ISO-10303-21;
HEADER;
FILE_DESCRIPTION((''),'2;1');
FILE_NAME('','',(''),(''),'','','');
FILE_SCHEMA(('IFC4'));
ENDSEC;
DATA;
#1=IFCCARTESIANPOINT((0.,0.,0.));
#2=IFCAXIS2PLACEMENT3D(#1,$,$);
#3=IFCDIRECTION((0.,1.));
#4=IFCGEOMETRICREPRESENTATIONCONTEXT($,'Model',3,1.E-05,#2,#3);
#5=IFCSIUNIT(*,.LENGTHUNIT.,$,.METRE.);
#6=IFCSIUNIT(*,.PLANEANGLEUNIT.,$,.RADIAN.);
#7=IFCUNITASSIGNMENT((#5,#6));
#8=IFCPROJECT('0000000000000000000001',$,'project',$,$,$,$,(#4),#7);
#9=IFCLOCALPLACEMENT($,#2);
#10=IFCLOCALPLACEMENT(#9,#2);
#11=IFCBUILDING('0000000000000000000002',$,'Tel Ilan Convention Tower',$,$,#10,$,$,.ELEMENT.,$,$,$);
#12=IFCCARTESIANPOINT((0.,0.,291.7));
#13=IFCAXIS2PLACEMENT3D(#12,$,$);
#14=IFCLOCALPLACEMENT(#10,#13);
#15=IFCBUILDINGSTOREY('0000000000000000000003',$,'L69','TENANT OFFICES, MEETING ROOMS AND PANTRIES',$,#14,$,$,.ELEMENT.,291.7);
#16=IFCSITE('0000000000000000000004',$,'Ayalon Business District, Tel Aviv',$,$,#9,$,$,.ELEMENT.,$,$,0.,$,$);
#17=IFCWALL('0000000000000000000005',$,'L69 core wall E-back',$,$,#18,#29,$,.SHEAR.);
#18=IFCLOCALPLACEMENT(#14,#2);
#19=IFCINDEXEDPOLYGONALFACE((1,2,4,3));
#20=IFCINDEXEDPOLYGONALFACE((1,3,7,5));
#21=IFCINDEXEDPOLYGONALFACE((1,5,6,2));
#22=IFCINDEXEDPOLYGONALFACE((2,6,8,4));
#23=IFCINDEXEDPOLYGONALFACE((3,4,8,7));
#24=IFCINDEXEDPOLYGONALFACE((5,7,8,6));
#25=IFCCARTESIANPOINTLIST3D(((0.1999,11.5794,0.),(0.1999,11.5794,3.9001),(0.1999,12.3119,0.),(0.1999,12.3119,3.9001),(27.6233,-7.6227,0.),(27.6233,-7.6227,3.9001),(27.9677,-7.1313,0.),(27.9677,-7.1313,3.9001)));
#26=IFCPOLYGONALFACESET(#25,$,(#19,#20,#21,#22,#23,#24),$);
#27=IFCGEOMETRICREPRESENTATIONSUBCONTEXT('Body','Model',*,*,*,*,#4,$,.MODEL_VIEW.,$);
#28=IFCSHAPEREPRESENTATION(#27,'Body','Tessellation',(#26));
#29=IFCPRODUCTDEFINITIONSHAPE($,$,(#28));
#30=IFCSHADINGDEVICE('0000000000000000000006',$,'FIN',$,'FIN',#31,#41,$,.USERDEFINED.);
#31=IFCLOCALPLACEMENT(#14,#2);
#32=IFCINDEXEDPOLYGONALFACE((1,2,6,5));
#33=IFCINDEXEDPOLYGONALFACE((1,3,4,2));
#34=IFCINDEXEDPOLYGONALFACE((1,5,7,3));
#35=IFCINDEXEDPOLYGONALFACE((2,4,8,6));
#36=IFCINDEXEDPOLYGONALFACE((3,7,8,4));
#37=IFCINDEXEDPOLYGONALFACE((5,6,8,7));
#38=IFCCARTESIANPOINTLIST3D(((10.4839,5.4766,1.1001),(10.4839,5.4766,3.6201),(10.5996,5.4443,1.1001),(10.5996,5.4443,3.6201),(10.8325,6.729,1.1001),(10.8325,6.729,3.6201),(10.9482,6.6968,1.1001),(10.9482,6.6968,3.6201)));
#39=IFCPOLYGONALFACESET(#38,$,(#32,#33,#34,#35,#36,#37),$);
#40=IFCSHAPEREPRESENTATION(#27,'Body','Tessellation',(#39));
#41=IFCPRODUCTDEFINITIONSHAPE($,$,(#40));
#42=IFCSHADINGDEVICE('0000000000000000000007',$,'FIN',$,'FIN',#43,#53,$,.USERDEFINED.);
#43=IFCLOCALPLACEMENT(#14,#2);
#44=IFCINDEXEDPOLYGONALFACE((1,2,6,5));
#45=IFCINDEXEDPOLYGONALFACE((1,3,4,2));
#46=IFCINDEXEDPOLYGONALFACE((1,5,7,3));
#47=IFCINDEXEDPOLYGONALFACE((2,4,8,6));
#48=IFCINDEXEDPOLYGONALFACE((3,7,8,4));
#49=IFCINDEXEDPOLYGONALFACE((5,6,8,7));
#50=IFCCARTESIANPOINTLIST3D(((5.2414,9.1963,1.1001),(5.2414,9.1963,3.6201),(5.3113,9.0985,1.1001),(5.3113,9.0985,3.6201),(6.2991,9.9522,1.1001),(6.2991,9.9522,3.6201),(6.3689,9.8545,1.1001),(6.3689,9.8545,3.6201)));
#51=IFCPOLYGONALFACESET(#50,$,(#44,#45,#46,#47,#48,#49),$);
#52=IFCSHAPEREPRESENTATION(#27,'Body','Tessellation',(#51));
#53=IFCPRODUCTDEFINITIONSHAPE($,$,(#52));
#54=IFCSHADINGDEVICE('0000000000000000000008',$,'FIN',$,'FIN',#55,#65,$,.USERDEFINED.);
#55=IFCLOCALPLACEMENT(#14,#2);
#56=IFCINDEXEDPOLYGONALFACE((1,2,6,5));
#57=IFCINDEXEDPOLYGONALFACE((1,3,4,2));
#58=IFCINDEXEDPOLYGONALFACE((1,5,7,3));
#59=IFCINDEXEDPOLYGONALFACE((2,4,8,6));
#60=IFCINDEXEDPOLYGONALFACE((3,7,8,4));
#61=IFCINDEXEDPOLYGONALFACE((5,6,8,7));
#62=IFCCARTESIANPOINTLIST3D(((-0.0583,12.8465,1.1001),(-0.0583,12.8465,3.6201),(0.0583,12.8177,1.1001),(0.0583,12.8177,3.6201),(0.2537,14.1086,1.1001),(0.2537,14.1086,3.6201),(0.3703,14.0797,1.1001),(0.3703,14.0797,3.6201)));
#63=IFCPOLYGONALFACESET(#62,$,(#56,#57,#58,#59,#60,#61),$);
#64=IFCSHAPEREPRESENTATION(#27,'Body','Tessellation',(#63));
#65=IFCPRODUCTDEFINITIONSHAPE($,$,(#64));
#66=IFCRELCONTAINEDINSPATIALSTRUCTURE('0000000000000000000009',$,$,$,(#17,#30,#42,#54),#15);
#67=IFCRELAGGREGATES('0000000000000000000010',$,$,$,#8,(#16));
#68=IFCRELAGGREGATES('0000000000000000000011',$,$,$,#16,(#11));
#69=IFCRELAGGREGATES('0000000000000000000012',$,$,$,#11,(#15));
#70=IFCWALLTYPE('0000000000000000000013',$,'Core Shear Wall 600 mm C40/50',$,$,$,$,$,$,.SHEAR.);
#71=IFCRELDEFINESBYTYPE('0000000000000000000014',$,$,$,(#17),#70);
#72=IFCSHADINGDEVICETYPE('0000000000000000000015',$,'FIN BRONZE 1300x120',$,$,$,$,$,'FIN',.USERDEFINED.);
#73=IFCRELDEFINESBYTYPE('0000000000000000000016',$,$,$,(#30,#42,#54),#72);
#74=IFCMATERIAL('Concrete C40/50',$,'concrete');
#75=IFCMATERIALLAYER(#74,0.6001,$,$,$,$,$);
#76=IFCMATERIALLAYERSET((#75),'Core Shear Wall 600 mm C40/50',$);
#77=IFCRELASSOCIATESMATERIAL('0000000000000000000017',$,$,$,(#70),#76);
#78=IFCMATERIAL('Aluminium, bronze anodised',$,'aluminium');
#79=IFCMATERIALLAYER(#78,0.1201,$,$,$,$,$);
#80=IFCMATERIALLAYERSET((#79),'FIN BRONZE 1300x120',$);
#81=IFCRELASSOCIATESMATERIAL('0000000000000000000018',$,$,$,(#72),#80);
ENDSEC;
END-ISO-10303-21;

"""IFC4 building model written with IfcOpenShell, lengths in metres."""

from ifc_helpers import new_model, si_unit, direction, frame, origin, origin_2d, place, context, subcontext, project, spatial, polyline, rectangle, outline, extrude, material, layer, layer_set, type_object, element, save


model = new_model("IFC4")

# Units and contexts
model_context = context("Model", 3, precision=1e-05, world=origin(), true_north=direction((0.0, 1.0)))
body_context = subcontext(model_context, "Body", "Model", "MODEL_VIEW")
ifc_project = project(units=[si_unit("LENGTHUNIT", "METRE"), si_unit("PLANEANGLEUNIT", "RADIAN")], contexts=[model_context])

# Site, building, storey
site_placement = place(None, origin())
site = spatial("IfcSite", under=ifc_project, at=site_placement, Name="Ayalon Business District, Tel Aviv", CompositionType="ELEMENT", RefElevation=0.0)
building_placement = place(site_placement, origin())
building = spatial("IfcBuilding", under=site, at=building_placement, Name="Tel Ilan Convention Tower", CompositionType="ELEMENT")
storey_placement = place(building_placement, frame((0.0, 0.0, 291.7)))
storey = spatial("IfcBuildingStorey", under=building, at=storey_placement, Name="L69", Description="TENANT OFFICES, MEETING ROOMS AND PANTRIES", CompositionType="ELEMENT", Elevation=291.7)

# Wall
ifc_material_1 = material(Name="Concrete C40/50", Category="concrete")
ifc_layer_1 = layer(ifc_material_1, 0.6001)
ifc_layer_set_1 = layer_set([ifc_layer_1], Name="Core Shear Wall 600 mm C40/50")
wall_type_1 = type_object("IfcWallType", Name="Core Shear Wall 600 mm C40/50", PredefinedType="SHEAR", material=ifc_layer_set_1)
wall_1_placement = place(storey_placement, frame((0.0278, 12.0662, 0.0), z_axis=(0.0, 0.0, 1.0), x_axis=(0.819151, -0.573577, 0.0)))
element("IfcWall", 1, at=wall_1_placement, inside=storey, type_object=wall_type_1, Name="L69 core wall E-back", PredefinedType="SHEAR", context=body_context, shape_type="SweptSolid", body=[
    extrude(outline(polyline([(33.8982, 0.3), (0.0, 0.3), (0.4202, -0.3), (33.8979, -0.3), (33.8982, 0.3)])), origin(), (0.0, 0.0, 1.0), 3.9001),
])

# Shading devices
ifc_material_2 = material(Name="Aluminium, bronze anodised", Category="aluminium")
ifc_layer_2 = layer(ifc_material_2, 0.1201)
ifc_layer_set_2 = layer_set([ifc_layer_2], Name="FIN BRONZE 1300x120")
shading_device_type_1 = type_object("IfcShadingDeviceType", Name="FIN BRONZE 1300x120", ElementType="FIN", PredefinedType="USERDEFINED", material=ifc_layer_set_2)
for number, where, z_axis, x_axis, name in (
    (2, (10.7161, 6.0867, 1.1001), (0.0, 0.0, 1.0), (0.268173, 0.963371, 0.0), "FIN"),
    (3, (5.8052, 9.5254, 1.1001), (0.0, 0.0, 1.0), (0.813552, 0.581492, 0.0), "FIN"),
    (4, (0.156, 13.4631, 1.1001), (0.0, 0.0, 1.0), (0.24004, 0.970763, 0.0), "FIN"),
):
    element("IfcShadingDevice", number, at=place(storey_placement, frame(where, z_axis=z_axis, x_axis=x_axis)), inside=storey, type_object=shading_device_type_1, Name=name, ObjectType="FIN", PredefinedType="USERDEFINED", context=body_context, shape_type="SweptSolid", body=[
        extrude(rectangle(XDim=1.3, YDim=0.1201, at=origin_2d()), origin(), (0.0, 0.0, 1.0), 2.52),
    ])

save(model, "model.ifc")
